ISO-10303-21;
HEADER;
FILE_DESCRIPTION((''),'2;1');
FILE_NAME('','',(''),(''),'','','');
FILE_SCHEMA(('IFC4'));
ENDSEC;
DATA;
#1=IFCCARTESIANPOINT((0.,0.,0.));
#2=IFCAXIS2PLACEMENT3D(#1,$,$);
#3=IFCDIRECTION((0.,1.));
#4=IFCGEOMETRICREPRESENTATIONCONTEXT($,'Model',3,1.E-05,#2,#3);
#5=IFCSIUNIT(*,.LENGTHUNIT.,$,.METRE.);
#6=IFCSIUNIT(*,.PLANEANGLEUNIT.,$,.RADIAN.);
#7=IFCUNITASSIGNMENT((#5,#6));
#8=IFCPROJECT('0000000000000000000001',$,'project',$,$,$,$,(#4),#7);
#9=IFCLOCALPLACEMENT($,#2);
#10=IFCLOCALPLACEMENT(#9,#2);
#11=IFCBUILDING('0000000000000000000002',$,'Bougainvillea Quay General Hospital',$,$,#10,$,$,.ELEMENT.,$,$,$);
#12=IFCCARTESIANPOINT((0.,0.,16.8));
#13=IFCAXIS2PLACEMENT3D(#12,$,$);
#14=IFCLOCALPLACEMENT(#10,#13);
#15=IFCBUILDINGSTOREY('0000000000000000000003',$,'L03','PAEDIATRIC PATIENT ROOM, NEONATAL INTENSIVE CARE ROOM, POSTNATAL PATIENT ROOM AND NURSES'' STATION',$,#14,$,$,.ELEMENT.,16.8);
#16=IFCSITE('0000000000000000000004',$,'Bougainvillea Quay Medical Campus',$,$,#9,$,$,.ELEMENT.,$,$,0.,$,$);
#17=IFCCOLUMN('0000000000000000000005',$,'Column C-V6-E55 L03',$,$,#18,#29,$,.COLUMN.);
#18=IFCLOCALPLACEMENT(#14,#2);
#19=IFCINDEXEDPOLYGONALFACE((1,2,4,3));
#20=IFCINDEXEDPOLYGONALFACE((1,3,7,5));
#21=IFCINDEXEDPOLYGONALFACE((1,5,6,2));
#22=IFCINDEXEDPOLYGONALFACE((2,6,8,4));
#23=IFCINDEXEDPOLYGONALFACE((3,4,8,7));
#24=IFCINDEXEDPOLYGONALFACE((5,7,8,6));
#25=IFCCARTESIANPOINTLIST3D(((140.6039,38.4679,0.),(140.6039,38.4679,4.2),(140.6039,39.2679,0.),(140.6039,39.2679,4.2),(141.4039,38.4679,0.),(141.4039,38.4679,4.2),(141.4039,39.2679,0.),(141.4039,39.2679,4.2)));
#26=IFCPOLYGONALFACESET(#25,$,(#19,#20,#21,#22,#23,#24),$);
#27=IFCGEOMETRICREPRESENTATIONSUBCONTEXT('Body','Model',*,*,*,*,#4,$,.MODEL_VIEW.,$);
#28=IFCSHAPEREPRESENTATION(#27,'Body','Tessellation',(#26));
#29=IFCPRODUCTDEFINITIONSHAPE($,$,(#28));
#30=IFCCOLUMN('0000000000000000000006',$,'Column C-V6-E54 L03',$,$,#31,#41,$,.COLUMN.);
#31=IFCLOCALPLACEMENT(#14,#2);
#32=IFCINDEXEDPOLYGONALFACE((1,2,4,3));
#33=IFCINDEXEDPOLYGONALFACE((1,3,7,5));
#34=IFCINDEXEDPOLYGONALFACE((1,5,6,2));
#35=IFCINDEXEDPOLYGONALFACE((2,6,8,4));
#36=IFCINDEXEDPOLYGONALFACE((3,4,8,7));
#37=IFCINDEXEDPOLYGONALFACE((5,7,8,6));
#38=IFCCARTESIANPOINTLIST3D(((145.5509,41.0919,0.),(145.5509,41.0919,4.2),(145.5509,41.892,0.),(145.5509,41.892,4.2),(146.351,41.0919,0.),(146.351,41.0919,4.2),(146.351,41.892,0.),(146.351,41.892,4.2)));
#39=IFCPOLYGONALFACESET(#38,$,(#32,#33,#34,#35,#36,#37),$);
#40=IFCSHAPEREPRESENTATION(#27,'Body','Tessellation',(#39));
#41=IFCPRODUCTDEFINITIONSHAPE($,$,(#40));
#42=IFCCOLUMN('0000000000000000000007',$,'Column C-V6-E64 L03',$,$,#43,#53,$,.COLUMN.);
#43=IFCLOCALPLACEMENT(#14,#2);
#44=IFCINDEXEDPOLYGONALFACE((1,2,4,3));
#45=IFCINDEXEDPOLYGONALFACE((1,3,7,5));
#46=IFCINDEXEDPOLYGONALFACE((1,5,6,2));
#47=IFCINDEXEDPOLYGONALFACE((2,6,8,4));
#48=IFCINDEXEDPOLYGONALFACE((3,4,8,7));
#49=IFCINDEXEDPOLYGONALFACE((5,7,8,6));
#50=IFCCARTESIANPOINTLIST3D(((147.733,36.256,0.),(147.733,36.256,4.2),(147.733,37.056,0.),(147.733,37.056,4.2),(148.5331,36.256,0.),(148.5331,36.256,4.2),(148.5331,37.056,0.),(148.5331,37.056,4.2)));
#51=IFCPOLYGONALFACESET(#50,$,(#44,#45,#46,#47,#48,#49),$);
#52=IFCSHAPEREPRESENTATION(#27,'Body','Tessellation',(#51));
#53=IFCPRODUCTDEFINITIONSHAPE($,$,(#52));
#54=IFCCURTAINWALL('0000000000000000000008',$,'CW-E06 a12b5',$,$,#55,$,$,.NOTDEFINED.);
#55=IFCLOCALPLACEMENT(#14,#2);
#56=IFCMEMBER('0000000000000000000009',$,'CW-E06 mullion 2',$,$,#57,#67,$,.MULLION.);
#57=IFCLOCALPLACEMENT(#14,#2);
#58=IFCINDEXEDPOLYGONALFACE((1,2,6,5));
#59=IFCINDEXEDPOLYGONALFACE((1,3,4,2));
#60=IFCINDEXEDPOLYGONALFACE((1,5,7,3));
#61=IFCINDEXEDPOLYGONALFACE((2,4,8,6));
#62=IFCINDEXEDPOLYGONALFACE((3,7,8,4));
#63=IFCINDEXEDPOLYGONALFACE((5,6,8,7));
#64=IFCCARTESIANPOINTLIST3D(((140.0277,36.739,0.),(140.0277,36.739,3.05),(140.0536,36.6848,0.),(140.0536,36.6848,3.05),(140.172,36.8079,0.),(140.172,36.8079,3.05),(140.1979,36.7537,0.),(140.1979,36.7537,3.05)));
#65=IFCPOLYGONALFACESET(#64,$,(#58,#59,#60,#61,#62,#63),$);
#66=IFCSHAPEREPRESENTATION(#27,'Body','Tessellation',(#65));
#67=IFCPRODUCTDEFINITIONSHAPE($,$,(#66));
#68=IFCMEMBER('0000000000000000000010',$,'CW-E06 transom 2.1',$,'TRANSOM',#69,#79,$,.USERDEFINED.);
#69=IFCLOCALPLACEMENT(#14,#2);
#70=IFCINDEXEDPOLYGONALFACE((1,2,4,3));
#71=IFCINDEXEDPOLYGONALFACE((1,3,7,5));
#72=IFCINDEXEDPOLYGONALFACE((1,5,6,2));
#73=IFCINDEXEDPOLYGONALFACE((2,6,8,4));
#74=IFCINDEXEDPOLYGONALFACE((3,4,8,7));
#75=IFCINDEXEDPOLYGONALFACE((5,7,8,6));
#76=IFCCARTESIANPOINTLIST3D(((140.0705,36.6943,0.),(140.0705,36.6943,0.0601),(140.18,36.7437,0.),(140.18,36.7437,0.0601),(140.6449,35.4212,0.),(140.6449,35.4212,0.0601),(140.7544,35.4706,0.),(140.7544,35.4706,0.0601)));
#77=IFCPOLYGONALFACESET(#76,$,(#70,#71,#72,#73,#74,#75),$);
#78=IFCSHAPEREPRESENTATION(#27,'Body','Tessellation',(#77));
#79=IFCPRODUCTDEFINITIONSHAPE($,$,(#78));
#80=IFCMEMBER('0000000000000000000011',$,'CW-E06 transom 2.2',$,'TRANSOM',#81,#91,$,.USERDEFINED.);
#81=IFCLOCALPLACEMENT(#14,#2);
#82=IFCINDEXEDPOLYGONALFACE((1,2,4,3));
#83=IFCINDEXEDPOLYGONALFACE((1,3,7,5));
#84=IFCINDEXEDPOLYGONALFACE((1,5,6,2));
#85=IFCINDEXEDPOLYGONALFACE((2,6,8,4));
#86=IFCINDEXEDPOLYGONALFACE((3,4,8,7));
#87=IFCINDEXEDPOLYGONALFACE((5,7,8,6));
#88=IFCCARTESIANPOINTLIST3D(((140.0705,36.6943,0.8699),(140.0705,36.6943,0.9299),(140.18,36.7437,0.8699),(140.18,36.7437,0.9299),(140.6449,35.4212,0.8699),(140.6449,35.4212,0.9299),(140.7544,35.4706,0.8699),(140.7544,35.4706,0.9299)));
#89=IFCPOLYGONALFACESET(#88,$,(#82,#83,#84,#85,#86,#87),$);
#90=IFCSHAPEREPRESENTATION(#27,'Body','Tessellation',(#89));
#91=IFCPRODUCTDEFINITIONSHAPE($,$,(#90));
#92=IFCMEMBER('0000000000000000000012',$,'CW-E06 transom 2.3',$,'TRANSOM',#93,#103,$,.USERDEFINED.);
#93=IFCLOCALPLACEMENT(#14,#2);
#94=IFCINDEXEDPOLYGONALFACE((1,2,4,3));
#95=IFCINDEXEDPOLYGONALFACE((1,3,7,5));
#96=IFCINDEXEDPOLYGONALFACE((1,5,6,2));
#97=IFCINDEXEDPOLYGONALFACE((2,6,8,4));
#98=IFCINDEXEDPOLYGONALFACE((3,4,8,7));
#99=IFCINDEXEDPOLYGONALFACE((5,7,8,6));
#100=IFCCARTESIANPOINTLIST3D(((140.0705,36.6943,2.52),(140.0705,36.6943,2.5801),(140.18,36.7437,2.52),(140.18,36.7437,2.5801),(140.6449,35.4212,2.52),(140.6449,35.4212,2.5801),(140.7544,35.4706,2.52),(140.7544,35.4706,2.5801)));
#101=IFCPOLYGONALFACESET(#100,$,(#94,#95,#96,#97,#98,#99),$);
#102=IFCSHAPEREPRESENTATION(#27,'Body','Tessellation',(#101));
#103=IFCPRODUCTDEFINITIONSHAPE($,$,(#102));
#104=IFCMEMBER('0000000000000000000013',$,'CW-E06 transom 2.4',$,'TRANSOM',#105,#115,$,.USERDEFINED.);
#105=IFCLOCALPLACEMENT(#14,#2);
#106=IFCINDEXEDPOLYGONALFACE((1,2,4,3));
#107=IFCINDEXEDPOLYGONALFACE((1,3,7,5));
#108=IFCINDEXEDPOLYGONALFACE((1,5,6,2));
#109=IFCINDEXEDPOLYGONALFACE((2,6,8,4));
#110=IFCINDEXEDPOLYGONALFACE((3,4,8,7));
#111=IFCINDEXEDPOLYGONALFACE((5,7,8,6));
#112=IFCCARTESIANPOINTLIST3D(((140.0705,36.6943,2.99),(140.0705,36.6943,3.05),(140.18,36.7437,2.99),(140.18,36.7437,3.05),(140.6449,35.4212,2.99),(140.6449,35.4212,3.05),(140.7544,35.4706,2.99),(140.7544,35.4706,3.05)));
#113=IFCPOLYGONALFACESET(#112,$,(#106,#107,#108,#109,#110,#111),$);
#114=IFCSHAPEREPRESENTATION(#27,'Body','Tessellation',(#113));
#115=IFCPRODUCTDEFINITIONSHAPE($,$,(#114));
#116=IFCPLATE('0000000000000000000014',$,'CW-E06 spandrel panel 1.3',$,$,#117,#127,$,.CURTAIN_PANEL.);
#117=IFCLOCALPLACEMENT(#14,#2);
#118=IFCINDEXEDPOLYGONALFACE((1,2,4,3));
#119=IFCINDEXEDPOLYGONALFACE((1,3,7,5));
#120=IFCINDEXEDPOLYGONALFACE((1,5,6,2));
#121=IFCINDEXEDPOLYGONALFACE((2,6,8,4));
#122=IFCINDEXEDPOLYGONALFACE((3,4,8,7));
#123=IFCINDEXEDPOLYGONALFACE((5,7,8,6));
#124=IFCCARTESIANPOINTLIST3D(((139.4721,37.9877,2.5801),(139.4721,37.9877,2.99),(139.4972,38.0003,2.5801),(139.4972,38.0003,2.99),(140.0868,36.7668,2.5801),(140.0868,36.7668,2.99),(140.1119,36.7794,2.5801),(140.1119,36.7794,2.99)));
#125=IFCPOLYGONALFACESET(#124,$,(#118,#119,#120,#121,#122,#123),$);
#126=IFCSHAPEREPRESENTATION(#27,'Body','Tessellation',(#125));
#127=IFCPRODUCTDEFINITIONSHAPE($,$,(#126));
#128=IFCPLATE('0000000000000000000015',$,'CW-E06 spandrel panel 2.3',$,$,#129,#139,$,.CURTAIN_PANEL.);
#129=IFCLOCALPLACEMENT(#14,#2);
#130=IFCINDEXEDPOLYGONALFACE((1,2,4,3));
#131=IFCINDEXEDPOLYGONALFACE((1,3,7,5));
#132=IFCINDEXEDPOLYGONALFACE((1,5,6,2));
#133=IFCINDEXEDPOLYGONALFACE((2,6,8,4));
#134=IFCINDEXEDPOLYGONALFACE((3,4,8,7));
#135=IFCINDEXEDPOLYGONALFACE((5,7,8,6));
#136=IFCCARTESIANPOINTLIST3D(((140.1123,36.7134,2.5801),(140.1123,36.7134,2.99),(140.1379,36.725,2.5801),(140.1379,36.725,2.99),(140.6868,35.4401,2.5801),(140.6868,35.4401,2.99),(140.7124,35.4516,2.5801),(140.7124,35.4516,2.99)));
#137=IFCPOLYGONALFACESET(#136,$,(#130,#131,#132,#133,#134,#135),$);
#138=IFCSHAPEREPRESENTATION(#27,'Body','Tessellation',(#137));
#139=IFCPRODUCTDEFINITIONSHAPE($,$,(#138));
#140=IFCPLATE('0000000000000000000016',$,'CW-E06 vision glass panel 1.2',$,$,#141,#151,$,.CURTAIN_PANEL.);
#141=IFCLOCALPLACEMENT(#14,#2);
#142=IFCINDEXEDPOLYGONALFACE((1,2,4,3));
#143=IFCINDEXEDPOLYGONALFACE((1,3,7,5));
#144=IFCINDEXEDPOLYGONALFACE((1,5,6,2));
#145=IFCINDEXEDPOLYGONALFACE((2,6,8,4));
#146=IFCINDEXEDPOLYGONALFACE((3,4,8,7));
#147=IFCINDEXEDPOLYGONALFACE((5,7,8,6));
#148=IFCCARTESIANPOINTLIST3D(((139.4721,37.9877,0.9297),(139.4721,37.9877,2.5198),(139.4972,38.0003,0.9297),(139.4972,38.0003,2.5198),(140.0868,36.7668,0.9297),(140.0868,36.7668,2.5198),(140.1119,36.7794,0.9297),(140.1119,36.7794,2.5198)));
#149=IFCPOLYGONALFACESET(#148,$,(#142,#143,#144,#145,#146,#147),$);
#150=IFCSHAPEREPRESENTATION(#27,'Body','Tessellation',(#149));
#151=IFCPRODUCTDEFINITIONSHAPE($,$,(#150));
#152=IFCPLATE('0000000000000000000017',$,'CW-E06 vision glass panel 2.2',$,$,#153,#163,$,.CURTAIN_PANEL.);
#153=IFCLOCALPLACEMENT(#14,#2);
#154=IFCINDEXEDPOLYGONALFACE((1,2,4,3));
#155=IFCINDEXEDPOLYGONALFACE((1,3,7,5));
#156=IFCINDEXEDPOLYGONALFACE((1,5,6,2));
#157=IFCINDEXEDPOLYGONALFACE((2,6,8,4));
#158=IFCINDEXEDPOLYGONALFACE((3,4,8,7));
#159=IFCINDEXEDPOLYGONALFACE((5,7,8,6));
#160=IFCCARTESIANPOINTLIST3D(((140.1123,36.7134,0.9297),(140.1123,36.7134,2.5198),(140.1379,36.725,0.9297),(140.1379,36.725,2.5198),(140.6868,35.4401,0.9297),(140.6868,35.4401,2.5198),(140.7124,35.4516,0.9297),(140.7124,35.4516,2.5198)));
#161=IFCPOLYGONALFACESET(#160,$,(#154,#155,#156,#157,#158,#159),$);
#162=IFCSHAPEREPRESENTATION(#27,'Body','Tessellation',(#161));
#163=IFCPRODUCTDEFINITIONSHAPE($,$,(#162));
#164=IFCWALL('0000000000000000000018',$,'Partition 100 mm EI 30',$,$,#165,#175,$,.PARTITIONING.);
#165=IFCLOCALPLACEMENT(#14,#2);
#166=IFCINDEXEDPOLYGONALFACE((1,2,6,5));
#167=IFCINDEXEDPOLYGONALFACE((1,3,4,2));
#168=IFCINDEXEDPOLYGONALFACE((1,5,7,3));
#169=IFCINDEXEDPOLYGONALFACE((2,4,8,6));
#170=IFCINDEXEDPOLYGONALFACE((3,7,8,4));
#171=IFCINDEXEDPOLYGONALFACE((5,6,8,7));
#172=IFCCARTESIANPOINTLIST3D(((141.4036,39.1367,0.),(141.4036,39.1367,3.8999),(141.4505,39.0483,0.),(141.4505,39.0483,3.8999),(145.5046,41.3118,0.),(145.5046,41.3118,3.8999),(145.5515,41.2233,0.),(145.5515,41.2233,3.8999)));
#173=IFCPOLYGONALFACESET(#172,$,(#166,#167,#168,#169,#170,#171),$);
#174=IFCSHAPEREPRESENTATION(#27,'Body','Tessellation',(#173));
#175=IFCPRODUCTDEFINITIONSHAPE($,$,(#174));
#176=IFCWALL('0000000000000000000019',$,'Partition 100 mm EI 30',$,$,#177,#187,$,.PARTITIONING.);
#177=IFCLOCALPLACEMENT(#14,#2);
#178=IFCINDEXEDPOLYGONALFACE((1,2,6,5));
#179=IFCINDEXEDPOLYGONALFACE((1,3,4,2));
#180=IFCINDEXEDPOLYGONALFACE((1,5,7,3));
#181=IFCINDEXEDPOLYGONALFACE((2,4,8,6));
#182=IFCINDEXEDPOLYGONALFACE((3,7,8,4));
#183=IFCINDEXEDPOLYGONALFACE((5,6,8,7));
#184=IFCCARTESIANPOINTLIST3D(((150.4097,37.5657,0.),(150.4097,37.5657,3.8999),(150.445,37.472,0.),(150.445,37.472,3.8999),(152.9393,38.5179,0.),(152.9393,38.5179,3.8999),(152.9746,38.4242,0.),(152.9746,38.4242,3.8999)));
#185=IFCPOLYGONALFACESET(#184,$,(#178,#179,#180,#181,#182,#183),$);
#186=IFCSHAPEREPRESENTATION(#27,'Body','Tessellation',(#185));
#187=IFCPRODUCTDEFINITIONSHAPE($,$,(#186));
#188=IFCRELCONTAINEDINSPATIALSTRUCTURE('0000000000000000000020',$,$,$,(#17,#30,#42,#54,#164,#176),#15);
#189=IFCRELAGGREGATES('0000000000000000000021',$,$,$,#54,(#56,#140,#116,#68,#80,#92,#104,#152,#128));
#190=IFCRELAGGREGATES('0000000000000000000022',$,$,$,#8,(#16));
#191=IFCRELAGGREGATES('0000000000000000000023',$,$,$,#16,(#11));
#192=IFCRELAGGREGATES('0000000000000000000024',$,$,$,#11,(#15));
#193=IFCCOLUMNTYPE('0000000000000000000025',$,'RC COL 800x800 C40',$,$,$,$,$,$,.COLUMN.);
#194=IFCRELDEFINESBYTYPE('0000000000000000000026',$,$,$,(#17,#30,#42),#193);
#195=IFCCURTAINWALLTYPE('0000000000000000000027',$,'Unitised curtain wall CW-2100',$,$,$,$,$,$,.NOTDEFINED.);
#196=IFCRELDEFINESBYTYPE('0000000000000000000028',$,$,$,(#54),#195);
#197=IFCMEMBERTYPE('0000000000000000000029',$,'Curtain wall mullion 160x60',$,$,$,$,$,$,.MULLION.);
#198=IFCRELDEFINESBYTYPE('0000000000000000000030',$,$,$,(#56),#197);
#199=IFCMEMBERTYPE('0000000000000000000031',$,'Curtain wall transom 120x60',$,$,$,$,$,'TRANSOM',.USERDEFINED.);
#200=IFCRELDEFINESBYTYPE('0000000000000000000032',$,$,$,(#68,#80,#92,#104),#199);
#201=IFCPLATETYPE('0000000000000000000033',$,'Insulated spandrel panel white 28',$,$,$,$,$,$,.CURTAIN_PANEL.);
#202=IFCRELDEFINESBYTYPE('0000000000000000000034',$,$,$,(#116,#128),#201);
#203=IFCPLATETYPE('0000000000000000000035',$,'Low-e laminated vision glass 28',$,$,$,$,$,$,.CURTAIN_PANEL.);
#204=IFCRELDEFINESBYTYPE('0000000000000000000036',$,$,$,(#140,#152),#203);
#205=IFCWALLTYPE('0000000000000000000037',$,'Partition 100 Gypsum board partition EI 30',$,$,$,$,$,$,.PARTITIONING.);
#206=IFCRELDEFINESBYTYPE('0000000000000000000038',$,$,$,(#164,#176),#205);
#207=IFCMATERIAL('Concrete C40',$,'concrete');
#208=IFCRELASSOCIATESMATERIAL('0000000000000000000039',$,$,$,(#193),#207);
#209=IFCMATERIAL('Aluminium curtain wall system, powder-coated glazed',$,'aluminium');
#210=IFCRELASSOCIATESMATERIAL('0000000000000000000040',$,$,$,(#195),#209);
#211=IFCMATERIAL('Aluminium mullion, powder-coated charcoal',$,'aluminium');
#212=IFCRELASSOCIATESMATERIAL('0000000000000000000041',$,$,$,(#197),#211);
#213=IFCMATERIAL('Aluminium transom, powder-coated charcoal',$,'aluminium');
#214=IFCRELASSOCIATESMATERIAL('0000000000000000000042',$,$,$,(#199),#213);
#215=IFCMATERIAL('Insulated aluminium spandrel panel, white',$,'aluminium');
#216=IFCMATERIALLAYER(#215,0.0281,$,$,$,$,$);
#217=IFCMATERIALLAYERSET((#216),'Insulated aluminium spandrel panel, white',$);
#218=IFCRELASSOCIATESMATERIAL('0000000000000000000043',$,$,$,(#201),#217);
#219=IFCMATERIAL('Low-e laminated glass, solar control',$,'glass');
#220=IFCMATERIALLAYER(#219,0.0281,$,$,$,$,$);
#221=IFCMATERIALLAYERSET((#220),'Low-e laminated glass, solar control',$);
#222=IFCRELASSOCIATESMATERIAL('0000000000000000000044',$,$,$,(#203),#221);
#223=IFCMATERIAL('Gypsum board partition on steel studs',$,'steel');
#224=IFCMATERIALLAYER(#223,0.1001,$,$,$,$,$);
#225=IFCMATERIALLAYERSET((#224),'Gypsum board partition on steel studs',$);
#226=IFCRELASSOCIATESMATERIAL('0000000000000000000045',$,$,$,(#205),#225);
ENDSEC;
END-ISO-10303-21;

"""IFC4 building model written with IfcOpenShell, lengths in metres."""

from ifc_helpers import new_model, si_unit, direction, frame, frame_2d, origin, origin_2d, place, context, subcontext, project, spatial, rectangle, extrude, material, layer, layer_set, material_profile, profile_set, type_object, element, aggregate, save


model = new_model("IFC4")

# Units and contexts
model_context = context("Model", 3, precision=1e-05, world=origin(), true_north=direction((0.0, 1.0)))
body_context = subcontext(model_context, "Body", "Model", "MODEL_VIEW")
ifc_project = project(units=[si_unit("LENGTHUNIT", "METRE"), si_unit("PLANEANGLEUNIT", "RADIAN")], contexts=[model_context])

# Site, building, storey
site_placement = place(None, origin())
site = spatial("IfcSite", under=ifc_project, at=site_placement, Name="Bougainvillea Quay Medical Campus", CompositionType="ELEMENT", RefElevation=0.0)
building_placement = place(site_placement, origin())
building = spatial("IfcBuilding", under=site, at=building_placement, Name="Bougainvillea Quay General Hospital", CompositionType="ELEMENT")
storey_placement = place(building_placement, frame((0.0, 0.0, 16.8)))
storey = spatial("IfcBuildingStorey", under=building, at=storey_placement, Name="L03", Description="PAEDIATRIC PATIENT ROOM, NEONATAL INTENSIVE CARE ROOM, POSTNATAL PATIENT ROOM AND NURSES' STATION", CompositionType="ELEMENT", Elevation=16.8)

# Columns
ifc_material_1 = material(Name="Concrete C40", Category="concrete")
ifc_material_profile_1 = material_profile(ifc_material_1, rectangle(XDim=0.8, YDim=0.8, at=origin_2d()))
ifc_profile_set_1 = profile_set([ifc_material_profile_1], Name="Concrete C40")
column_type = type_object("IfcColumnType", Name="RC COL 800x800 C40", PredefinedType="COLUMN", material=ifc_profile_set_1)
for number, where, z_axis, x_axis, name in (
    (1, (141.0039, 38.8679, 0.0), (0.0, 0.0, 1.0), (1.0, 0.0, 0.0), "Column C-V6-E55 L03"),
    (2, (145.9509, 41.4919, 0.0), (0.0, 0.0, 1.0), (1.0, 0.0, 0.0), "Column C-V6-E54 L03"),
    (3, (148.1331, 36.656, 0.0), (0.0, 0.0, 1.0), (1.0, 0.0, 0.0), "Column C-V6-E64 L03"),
):
    element("IfcColumn", number, at=place(storey_placement, frame(where, z_axis=z_axis, x_axis=x_axis)), inside=storey, type_object=column_type, Name=name, PredefinedType="COLUMN", context=body_context, shape_type="SweptSolid", body=[
        extrude(rectangle(XDim=0.8, YDim=0.8, at=origin_2d()), origin(), (0.0, 0.0, 1.0), 4.2),
    ])

# Curtain wall, members, plates
ifc_material_2 = material(Name="Aluminium curtain wall system, powder-coated glazed", Category="aluminium")
curtain_wall_type = type_object("IfcCurtainWallType", Name="Unitised curtain wall CW-2100", PredefinedType="NOTDEFINED", material=ifc_material_2)
curtain_wall_placement = place(storey_placement, origin())
curtain_wall = element("IfcCurtainWall", 4, at=curtain_wall_placement, inside=storey, type_object=curtain_wall_type, Name="CW-E06 a12b5", PredefinedType="NOTDEFINED")
ifc_material_3 = material(Name="Aluminium mullion, powder-coated charcoal", Category="aluminium")
ifc_material_profile_2 = material_profile(ifc_material_3, rectangle(XDim=0.1599, YDim=0.0601, at=origin_2d()))
ifc_profile_set_2 = profile_set([ifc_material_profile_2], Name="Aluminium mullion, powder-coated charcoal")
member_type_1 = type_object("IfcMemberType", Name="Curtain wall mullion 160x60", PredefinedType="MULLION", material=ifc_profile_set_2)
member_1_placement = place(storey_placement, frame((140.1128, 36.7463, 0.0), z_axis=(0.0, 0.0, 1.0), x_axis=(0.902565, 0.430553, 0.0)))
member_1 = element("IfcMember", 5, at=member_1_placement, type_object=member_type_1, Name="CW-E06 mullion 2", PredefinedType="MULLION", context=body_context, shape_type="SweptSolid", body=[
    extrude(rectangle(XDim=0.1599, YDim=0.0601, at=origin_2d()), origin(), (0.0, 0.0, 1.0), 3.05),
])
ifc_material_4 = material(Name="Aluminium transom, powder-coated charcoal", Category="aluminium")
ifc_material_profile_3 = material_profile(ifc_material_4, rectangle(XDim=0.1201, YDim=0.0601, at=origin_2d()))
ifc_profile_set_3 = profile_set([ifc_material_profile_3], Name="Aluminium transom, powder-coated charcoal")
member_type_2 = type_object("IfcMemberType", Name="Curtain wall transom 120x60", ElementType="TRANSOM", PredefinedType="USERDEFINED", material=ifc_profile_set_3)
member_2_placement = place(storey_placement, frame((140.1252, 36.719, 0.03), z_axis=(0.411273, -0.911512, 0.0), x_axis=(0.911512, 0.411273, 0.0)))
member_2 = element("IfcMember", 6, at=member_2_placement, type_object=member_type_2, Name="CW-E06 transom 2.1", ObjectType="TRANSOM", PredefinedType="USERDEFINED", context=body_context, shape_type="SweptSolid", body=[
    extrude(rectangle(XDim=0.1201, YDim=0.0601, at=origin_2d()), origin(), (0.0, 0.0, 1.0), 1.3967),
])
member_3_placement = place(storey_placement, frame((140.1252, 36.719, 0.8999), z_axis=(0.411273, -0.911512, 0.0), x_axis=(0.911512, 0.411273, 0.0)))
member_3 = element("IfcMember", 7, at=member_3_placement, type_object=member_type_2, Name="CW-E06 transom 2.2", ObjectType="TRANSOM", PredefinedType="USERDEFINED", context=body_context, shape_type="SweptSolid", body=[
    extrude(rectangle(XDim=0.1201, YDim=0.0601, at=origin_2d()), origin(), (0.0, 0.0, 1.0), 1.3967),
])
member_4_placement = place(storey_placement, frame((140.1252, 36.719, 2.55), z_axis=(0.411273, -0.911512, 0.0), x_axis=(0.911512, 0.411273, 0.0)))
member_4 = element("IfcMember", 8, at=member_4_placement, type_object=member_type_2, Name="CW-E06 transom 2.3", ObjectType="TRANSOM", PredefinedType="USERDEFINED", context=body_context, shape_type="SweptSolid", body=[
    extrude(rectangle(XDim=0.1201, YDim=0.0601, at=origin_2d()), origin(), (0.0, 0.0, 1.0), 1.3967),
])
member_5_placement = place(storey_placement, frame((140.1252, 36.719, 3.02), z_axis=(0.411273, -0.911512, 0.0), x_axis=(0.911512, 0.411273, 0.0)))
member_5 = element("IfcMember", 9, at=member_5_placement, type_object=member_type_2, Name="CW-E06 transom 2.4", ObjectType="TRANSOM", PredefinedType="USERDEFINED", context=body_context, shape_type="SweptSolid", body=[
    extrude(rectangle(XDim=0.1201, YDim=0.0601, at=origin_2d()), origin(), (0.0, 0.0, 1.0), 1.3967),
])
ifc_material_5 = material(Name="Insulated aluminium spandrel panel, white", Category="aluminium")
ifc_layer_1 = layer(ifc_material_5, 0.0281)
ifc_layer_set_1 = layer_set([ifc_layer_1], Name="Insulated aluminium spandrel panel, white")
plate_type_1 = type_object("IfcPlateType", Name="Insulated spandrel panel white 28", PredefinedType="CURTAIN_PANEL", material=ifc_layer_set_1)
plate_1_placement = place(storey_placement, frame((139.792, 37.3835, 2.5801), z_axis=(0.0, 0.0, 1.0), x_axis=(0.449652, -0.893204, 0.0)))
plate_1 = element("IfcPlate", 10, at=plate_1_placement, type_object=plate_type_1, Name="CW-E06 spandrel panel 1.3", PredefinedType="CURTAIN_PANEL", context=body_context, shape_type="SweptSolid", body=[
    extrude(rectangle(XDim=1.3669, YDim=0.0281, at=origin_2d()), origin(), (0.0, 0.0, 1.0), 0.4099),
])
plate_2_placement = place(storey_placement, frame((140.4124, 36.0825, 2.5801), z_axis=(0.0, 0.0, 1.0), x_axis=(0.41126, -0.911518, 0.0)))
plate_2 = element("IfcPlate", 11, at=plate_2_placement, type_object=plate_type_1, Name="CW-E06 spandrel panel 2.3", PredefinedType="CURTAIN_PANEL", context=body_context, shape_type="SweptSolid", body=[
    extrude(rectangle(XDim=1.397, YDim=0.0281, at=origin_2d()), origin(), (0.0, 0.0, 1.0), 0.4099),
])
ifc_material_6 = material(Name="Low-e laminated glass, solar control", Category="glass")
ifc_layer_2 = layer(ifc_material_6, 0.0281)
ifc_layer_set_2 = layer_set([ifc_layer_2], Name="Low-e laminated glass, solar control")
plate_type_2 = type_object("IfcPlateType", Name="Low-e laminated vision glass 28", PredefinedType="CURTAIN_PANEL", material=ifc_layer_set_2)
plate_3_placement = place(storey_placement, frame((139.792, 37.3835, 0.9297), z_axis=(0.0, 0.0, 1.0), x_axis=(0.449652, -0.893204, 0.0)))
plate_3 = element("IfcPlate", 12, at=plate_3_placement, type_object=plate_type_2, Name="CW-E06 vision glass panel 1.2", PredefinedType="CURTAIN_PANEL", context=body_context, shape_type="SweptSolid", body=[
    extrude(rectangle(XDim=1.3669, YDim=0.0281, at=origin_2d()), origin(), (0.0, 0.0, 1.0), 1.5901),
])
plate_4_placement = place(storey_placement, frame((140.4124, 36.0825, 0.9297), z_axis=(0.0, 0.0, 1.0), x_axis=(0.41126, -0.911518, 0.0)))
plate_4 = element("IfcPlate", 13, at=plate_4_placement, type_object=plate_type_2, Name="CW-E06 vision glass panel 2.2", PredefinedType="CURTAIN_PANEL", context=body_context, shape_type="SweptSolid", body=[
    extrude(rectangle(XDim=1.397, YDim=0.0281, at=origin_2d()), origin(), (0.0, 0.0, 1.0), 1.5901),
])
aggregate(curtain_wall, [member_1, plate_3, plate_1, member_2, member_3, member_4, member_5, plate_4, plate_2])

# Walls
ifc_material_7 = material(Name="Gypsum board partition on steel studs", Category="steel")
ifc_layer_3 = layer(ifc_material_7, 0.1001)
ifc_layer_set_3 = layer_set([ifc_layer_3], Name="Gypsum board partition on steel studs")
wall_type_1 = type_object("IfcWallType", Name="Partition 100 Gypsum board partition EI 30", PredefinedType="PARTITIONING", material=ifc_layer_set_3)
wall_1_placement = place(storey_placement, frame((141.427, 39.0925, 0.0), z_axis=(0.0, 0.0, 1.0), x_axis=(0.883441, 0.468542, 0.0)))
element("IfcWall", 14, at=wall_1_placement, inside=storey, type_object=wall_type_1, Name="Partition 100 mm EI 30", PredefinedType="PARTITIONING", context=body_context, shape_type="SweptSolid", body=[
    extrude(rectangle(XDim=4.6421, YDim=0.1001, at=frame_2d((2.321, 0.0))), origin(), (0.0, 0.0, 1.0), 3.8999),
])
wall_2_placement = place(storey_placement, frame((150.4272, 37.5188, 0.0), z_axis=(0.0, 0.0, 1.0), x_axis=(0.935894, 0.352281, 0.0)))
element("IfcWall", 15, at=wall_2_placement, inside=storey, type_object=wall_type_1, Name="Partition 100 mm EI 30", PredefinedType="PARTITIONING", context=body_context, shape_type="SweptSolid", body=[
    extrude(rectangle(XDim=2.7029, YDim=0.1001, at=frame_2d((1.3516, 0.0))), origin(), (0.0, 0.0, 1.0), 3.8999),
])

save(model, "model.ifc")
